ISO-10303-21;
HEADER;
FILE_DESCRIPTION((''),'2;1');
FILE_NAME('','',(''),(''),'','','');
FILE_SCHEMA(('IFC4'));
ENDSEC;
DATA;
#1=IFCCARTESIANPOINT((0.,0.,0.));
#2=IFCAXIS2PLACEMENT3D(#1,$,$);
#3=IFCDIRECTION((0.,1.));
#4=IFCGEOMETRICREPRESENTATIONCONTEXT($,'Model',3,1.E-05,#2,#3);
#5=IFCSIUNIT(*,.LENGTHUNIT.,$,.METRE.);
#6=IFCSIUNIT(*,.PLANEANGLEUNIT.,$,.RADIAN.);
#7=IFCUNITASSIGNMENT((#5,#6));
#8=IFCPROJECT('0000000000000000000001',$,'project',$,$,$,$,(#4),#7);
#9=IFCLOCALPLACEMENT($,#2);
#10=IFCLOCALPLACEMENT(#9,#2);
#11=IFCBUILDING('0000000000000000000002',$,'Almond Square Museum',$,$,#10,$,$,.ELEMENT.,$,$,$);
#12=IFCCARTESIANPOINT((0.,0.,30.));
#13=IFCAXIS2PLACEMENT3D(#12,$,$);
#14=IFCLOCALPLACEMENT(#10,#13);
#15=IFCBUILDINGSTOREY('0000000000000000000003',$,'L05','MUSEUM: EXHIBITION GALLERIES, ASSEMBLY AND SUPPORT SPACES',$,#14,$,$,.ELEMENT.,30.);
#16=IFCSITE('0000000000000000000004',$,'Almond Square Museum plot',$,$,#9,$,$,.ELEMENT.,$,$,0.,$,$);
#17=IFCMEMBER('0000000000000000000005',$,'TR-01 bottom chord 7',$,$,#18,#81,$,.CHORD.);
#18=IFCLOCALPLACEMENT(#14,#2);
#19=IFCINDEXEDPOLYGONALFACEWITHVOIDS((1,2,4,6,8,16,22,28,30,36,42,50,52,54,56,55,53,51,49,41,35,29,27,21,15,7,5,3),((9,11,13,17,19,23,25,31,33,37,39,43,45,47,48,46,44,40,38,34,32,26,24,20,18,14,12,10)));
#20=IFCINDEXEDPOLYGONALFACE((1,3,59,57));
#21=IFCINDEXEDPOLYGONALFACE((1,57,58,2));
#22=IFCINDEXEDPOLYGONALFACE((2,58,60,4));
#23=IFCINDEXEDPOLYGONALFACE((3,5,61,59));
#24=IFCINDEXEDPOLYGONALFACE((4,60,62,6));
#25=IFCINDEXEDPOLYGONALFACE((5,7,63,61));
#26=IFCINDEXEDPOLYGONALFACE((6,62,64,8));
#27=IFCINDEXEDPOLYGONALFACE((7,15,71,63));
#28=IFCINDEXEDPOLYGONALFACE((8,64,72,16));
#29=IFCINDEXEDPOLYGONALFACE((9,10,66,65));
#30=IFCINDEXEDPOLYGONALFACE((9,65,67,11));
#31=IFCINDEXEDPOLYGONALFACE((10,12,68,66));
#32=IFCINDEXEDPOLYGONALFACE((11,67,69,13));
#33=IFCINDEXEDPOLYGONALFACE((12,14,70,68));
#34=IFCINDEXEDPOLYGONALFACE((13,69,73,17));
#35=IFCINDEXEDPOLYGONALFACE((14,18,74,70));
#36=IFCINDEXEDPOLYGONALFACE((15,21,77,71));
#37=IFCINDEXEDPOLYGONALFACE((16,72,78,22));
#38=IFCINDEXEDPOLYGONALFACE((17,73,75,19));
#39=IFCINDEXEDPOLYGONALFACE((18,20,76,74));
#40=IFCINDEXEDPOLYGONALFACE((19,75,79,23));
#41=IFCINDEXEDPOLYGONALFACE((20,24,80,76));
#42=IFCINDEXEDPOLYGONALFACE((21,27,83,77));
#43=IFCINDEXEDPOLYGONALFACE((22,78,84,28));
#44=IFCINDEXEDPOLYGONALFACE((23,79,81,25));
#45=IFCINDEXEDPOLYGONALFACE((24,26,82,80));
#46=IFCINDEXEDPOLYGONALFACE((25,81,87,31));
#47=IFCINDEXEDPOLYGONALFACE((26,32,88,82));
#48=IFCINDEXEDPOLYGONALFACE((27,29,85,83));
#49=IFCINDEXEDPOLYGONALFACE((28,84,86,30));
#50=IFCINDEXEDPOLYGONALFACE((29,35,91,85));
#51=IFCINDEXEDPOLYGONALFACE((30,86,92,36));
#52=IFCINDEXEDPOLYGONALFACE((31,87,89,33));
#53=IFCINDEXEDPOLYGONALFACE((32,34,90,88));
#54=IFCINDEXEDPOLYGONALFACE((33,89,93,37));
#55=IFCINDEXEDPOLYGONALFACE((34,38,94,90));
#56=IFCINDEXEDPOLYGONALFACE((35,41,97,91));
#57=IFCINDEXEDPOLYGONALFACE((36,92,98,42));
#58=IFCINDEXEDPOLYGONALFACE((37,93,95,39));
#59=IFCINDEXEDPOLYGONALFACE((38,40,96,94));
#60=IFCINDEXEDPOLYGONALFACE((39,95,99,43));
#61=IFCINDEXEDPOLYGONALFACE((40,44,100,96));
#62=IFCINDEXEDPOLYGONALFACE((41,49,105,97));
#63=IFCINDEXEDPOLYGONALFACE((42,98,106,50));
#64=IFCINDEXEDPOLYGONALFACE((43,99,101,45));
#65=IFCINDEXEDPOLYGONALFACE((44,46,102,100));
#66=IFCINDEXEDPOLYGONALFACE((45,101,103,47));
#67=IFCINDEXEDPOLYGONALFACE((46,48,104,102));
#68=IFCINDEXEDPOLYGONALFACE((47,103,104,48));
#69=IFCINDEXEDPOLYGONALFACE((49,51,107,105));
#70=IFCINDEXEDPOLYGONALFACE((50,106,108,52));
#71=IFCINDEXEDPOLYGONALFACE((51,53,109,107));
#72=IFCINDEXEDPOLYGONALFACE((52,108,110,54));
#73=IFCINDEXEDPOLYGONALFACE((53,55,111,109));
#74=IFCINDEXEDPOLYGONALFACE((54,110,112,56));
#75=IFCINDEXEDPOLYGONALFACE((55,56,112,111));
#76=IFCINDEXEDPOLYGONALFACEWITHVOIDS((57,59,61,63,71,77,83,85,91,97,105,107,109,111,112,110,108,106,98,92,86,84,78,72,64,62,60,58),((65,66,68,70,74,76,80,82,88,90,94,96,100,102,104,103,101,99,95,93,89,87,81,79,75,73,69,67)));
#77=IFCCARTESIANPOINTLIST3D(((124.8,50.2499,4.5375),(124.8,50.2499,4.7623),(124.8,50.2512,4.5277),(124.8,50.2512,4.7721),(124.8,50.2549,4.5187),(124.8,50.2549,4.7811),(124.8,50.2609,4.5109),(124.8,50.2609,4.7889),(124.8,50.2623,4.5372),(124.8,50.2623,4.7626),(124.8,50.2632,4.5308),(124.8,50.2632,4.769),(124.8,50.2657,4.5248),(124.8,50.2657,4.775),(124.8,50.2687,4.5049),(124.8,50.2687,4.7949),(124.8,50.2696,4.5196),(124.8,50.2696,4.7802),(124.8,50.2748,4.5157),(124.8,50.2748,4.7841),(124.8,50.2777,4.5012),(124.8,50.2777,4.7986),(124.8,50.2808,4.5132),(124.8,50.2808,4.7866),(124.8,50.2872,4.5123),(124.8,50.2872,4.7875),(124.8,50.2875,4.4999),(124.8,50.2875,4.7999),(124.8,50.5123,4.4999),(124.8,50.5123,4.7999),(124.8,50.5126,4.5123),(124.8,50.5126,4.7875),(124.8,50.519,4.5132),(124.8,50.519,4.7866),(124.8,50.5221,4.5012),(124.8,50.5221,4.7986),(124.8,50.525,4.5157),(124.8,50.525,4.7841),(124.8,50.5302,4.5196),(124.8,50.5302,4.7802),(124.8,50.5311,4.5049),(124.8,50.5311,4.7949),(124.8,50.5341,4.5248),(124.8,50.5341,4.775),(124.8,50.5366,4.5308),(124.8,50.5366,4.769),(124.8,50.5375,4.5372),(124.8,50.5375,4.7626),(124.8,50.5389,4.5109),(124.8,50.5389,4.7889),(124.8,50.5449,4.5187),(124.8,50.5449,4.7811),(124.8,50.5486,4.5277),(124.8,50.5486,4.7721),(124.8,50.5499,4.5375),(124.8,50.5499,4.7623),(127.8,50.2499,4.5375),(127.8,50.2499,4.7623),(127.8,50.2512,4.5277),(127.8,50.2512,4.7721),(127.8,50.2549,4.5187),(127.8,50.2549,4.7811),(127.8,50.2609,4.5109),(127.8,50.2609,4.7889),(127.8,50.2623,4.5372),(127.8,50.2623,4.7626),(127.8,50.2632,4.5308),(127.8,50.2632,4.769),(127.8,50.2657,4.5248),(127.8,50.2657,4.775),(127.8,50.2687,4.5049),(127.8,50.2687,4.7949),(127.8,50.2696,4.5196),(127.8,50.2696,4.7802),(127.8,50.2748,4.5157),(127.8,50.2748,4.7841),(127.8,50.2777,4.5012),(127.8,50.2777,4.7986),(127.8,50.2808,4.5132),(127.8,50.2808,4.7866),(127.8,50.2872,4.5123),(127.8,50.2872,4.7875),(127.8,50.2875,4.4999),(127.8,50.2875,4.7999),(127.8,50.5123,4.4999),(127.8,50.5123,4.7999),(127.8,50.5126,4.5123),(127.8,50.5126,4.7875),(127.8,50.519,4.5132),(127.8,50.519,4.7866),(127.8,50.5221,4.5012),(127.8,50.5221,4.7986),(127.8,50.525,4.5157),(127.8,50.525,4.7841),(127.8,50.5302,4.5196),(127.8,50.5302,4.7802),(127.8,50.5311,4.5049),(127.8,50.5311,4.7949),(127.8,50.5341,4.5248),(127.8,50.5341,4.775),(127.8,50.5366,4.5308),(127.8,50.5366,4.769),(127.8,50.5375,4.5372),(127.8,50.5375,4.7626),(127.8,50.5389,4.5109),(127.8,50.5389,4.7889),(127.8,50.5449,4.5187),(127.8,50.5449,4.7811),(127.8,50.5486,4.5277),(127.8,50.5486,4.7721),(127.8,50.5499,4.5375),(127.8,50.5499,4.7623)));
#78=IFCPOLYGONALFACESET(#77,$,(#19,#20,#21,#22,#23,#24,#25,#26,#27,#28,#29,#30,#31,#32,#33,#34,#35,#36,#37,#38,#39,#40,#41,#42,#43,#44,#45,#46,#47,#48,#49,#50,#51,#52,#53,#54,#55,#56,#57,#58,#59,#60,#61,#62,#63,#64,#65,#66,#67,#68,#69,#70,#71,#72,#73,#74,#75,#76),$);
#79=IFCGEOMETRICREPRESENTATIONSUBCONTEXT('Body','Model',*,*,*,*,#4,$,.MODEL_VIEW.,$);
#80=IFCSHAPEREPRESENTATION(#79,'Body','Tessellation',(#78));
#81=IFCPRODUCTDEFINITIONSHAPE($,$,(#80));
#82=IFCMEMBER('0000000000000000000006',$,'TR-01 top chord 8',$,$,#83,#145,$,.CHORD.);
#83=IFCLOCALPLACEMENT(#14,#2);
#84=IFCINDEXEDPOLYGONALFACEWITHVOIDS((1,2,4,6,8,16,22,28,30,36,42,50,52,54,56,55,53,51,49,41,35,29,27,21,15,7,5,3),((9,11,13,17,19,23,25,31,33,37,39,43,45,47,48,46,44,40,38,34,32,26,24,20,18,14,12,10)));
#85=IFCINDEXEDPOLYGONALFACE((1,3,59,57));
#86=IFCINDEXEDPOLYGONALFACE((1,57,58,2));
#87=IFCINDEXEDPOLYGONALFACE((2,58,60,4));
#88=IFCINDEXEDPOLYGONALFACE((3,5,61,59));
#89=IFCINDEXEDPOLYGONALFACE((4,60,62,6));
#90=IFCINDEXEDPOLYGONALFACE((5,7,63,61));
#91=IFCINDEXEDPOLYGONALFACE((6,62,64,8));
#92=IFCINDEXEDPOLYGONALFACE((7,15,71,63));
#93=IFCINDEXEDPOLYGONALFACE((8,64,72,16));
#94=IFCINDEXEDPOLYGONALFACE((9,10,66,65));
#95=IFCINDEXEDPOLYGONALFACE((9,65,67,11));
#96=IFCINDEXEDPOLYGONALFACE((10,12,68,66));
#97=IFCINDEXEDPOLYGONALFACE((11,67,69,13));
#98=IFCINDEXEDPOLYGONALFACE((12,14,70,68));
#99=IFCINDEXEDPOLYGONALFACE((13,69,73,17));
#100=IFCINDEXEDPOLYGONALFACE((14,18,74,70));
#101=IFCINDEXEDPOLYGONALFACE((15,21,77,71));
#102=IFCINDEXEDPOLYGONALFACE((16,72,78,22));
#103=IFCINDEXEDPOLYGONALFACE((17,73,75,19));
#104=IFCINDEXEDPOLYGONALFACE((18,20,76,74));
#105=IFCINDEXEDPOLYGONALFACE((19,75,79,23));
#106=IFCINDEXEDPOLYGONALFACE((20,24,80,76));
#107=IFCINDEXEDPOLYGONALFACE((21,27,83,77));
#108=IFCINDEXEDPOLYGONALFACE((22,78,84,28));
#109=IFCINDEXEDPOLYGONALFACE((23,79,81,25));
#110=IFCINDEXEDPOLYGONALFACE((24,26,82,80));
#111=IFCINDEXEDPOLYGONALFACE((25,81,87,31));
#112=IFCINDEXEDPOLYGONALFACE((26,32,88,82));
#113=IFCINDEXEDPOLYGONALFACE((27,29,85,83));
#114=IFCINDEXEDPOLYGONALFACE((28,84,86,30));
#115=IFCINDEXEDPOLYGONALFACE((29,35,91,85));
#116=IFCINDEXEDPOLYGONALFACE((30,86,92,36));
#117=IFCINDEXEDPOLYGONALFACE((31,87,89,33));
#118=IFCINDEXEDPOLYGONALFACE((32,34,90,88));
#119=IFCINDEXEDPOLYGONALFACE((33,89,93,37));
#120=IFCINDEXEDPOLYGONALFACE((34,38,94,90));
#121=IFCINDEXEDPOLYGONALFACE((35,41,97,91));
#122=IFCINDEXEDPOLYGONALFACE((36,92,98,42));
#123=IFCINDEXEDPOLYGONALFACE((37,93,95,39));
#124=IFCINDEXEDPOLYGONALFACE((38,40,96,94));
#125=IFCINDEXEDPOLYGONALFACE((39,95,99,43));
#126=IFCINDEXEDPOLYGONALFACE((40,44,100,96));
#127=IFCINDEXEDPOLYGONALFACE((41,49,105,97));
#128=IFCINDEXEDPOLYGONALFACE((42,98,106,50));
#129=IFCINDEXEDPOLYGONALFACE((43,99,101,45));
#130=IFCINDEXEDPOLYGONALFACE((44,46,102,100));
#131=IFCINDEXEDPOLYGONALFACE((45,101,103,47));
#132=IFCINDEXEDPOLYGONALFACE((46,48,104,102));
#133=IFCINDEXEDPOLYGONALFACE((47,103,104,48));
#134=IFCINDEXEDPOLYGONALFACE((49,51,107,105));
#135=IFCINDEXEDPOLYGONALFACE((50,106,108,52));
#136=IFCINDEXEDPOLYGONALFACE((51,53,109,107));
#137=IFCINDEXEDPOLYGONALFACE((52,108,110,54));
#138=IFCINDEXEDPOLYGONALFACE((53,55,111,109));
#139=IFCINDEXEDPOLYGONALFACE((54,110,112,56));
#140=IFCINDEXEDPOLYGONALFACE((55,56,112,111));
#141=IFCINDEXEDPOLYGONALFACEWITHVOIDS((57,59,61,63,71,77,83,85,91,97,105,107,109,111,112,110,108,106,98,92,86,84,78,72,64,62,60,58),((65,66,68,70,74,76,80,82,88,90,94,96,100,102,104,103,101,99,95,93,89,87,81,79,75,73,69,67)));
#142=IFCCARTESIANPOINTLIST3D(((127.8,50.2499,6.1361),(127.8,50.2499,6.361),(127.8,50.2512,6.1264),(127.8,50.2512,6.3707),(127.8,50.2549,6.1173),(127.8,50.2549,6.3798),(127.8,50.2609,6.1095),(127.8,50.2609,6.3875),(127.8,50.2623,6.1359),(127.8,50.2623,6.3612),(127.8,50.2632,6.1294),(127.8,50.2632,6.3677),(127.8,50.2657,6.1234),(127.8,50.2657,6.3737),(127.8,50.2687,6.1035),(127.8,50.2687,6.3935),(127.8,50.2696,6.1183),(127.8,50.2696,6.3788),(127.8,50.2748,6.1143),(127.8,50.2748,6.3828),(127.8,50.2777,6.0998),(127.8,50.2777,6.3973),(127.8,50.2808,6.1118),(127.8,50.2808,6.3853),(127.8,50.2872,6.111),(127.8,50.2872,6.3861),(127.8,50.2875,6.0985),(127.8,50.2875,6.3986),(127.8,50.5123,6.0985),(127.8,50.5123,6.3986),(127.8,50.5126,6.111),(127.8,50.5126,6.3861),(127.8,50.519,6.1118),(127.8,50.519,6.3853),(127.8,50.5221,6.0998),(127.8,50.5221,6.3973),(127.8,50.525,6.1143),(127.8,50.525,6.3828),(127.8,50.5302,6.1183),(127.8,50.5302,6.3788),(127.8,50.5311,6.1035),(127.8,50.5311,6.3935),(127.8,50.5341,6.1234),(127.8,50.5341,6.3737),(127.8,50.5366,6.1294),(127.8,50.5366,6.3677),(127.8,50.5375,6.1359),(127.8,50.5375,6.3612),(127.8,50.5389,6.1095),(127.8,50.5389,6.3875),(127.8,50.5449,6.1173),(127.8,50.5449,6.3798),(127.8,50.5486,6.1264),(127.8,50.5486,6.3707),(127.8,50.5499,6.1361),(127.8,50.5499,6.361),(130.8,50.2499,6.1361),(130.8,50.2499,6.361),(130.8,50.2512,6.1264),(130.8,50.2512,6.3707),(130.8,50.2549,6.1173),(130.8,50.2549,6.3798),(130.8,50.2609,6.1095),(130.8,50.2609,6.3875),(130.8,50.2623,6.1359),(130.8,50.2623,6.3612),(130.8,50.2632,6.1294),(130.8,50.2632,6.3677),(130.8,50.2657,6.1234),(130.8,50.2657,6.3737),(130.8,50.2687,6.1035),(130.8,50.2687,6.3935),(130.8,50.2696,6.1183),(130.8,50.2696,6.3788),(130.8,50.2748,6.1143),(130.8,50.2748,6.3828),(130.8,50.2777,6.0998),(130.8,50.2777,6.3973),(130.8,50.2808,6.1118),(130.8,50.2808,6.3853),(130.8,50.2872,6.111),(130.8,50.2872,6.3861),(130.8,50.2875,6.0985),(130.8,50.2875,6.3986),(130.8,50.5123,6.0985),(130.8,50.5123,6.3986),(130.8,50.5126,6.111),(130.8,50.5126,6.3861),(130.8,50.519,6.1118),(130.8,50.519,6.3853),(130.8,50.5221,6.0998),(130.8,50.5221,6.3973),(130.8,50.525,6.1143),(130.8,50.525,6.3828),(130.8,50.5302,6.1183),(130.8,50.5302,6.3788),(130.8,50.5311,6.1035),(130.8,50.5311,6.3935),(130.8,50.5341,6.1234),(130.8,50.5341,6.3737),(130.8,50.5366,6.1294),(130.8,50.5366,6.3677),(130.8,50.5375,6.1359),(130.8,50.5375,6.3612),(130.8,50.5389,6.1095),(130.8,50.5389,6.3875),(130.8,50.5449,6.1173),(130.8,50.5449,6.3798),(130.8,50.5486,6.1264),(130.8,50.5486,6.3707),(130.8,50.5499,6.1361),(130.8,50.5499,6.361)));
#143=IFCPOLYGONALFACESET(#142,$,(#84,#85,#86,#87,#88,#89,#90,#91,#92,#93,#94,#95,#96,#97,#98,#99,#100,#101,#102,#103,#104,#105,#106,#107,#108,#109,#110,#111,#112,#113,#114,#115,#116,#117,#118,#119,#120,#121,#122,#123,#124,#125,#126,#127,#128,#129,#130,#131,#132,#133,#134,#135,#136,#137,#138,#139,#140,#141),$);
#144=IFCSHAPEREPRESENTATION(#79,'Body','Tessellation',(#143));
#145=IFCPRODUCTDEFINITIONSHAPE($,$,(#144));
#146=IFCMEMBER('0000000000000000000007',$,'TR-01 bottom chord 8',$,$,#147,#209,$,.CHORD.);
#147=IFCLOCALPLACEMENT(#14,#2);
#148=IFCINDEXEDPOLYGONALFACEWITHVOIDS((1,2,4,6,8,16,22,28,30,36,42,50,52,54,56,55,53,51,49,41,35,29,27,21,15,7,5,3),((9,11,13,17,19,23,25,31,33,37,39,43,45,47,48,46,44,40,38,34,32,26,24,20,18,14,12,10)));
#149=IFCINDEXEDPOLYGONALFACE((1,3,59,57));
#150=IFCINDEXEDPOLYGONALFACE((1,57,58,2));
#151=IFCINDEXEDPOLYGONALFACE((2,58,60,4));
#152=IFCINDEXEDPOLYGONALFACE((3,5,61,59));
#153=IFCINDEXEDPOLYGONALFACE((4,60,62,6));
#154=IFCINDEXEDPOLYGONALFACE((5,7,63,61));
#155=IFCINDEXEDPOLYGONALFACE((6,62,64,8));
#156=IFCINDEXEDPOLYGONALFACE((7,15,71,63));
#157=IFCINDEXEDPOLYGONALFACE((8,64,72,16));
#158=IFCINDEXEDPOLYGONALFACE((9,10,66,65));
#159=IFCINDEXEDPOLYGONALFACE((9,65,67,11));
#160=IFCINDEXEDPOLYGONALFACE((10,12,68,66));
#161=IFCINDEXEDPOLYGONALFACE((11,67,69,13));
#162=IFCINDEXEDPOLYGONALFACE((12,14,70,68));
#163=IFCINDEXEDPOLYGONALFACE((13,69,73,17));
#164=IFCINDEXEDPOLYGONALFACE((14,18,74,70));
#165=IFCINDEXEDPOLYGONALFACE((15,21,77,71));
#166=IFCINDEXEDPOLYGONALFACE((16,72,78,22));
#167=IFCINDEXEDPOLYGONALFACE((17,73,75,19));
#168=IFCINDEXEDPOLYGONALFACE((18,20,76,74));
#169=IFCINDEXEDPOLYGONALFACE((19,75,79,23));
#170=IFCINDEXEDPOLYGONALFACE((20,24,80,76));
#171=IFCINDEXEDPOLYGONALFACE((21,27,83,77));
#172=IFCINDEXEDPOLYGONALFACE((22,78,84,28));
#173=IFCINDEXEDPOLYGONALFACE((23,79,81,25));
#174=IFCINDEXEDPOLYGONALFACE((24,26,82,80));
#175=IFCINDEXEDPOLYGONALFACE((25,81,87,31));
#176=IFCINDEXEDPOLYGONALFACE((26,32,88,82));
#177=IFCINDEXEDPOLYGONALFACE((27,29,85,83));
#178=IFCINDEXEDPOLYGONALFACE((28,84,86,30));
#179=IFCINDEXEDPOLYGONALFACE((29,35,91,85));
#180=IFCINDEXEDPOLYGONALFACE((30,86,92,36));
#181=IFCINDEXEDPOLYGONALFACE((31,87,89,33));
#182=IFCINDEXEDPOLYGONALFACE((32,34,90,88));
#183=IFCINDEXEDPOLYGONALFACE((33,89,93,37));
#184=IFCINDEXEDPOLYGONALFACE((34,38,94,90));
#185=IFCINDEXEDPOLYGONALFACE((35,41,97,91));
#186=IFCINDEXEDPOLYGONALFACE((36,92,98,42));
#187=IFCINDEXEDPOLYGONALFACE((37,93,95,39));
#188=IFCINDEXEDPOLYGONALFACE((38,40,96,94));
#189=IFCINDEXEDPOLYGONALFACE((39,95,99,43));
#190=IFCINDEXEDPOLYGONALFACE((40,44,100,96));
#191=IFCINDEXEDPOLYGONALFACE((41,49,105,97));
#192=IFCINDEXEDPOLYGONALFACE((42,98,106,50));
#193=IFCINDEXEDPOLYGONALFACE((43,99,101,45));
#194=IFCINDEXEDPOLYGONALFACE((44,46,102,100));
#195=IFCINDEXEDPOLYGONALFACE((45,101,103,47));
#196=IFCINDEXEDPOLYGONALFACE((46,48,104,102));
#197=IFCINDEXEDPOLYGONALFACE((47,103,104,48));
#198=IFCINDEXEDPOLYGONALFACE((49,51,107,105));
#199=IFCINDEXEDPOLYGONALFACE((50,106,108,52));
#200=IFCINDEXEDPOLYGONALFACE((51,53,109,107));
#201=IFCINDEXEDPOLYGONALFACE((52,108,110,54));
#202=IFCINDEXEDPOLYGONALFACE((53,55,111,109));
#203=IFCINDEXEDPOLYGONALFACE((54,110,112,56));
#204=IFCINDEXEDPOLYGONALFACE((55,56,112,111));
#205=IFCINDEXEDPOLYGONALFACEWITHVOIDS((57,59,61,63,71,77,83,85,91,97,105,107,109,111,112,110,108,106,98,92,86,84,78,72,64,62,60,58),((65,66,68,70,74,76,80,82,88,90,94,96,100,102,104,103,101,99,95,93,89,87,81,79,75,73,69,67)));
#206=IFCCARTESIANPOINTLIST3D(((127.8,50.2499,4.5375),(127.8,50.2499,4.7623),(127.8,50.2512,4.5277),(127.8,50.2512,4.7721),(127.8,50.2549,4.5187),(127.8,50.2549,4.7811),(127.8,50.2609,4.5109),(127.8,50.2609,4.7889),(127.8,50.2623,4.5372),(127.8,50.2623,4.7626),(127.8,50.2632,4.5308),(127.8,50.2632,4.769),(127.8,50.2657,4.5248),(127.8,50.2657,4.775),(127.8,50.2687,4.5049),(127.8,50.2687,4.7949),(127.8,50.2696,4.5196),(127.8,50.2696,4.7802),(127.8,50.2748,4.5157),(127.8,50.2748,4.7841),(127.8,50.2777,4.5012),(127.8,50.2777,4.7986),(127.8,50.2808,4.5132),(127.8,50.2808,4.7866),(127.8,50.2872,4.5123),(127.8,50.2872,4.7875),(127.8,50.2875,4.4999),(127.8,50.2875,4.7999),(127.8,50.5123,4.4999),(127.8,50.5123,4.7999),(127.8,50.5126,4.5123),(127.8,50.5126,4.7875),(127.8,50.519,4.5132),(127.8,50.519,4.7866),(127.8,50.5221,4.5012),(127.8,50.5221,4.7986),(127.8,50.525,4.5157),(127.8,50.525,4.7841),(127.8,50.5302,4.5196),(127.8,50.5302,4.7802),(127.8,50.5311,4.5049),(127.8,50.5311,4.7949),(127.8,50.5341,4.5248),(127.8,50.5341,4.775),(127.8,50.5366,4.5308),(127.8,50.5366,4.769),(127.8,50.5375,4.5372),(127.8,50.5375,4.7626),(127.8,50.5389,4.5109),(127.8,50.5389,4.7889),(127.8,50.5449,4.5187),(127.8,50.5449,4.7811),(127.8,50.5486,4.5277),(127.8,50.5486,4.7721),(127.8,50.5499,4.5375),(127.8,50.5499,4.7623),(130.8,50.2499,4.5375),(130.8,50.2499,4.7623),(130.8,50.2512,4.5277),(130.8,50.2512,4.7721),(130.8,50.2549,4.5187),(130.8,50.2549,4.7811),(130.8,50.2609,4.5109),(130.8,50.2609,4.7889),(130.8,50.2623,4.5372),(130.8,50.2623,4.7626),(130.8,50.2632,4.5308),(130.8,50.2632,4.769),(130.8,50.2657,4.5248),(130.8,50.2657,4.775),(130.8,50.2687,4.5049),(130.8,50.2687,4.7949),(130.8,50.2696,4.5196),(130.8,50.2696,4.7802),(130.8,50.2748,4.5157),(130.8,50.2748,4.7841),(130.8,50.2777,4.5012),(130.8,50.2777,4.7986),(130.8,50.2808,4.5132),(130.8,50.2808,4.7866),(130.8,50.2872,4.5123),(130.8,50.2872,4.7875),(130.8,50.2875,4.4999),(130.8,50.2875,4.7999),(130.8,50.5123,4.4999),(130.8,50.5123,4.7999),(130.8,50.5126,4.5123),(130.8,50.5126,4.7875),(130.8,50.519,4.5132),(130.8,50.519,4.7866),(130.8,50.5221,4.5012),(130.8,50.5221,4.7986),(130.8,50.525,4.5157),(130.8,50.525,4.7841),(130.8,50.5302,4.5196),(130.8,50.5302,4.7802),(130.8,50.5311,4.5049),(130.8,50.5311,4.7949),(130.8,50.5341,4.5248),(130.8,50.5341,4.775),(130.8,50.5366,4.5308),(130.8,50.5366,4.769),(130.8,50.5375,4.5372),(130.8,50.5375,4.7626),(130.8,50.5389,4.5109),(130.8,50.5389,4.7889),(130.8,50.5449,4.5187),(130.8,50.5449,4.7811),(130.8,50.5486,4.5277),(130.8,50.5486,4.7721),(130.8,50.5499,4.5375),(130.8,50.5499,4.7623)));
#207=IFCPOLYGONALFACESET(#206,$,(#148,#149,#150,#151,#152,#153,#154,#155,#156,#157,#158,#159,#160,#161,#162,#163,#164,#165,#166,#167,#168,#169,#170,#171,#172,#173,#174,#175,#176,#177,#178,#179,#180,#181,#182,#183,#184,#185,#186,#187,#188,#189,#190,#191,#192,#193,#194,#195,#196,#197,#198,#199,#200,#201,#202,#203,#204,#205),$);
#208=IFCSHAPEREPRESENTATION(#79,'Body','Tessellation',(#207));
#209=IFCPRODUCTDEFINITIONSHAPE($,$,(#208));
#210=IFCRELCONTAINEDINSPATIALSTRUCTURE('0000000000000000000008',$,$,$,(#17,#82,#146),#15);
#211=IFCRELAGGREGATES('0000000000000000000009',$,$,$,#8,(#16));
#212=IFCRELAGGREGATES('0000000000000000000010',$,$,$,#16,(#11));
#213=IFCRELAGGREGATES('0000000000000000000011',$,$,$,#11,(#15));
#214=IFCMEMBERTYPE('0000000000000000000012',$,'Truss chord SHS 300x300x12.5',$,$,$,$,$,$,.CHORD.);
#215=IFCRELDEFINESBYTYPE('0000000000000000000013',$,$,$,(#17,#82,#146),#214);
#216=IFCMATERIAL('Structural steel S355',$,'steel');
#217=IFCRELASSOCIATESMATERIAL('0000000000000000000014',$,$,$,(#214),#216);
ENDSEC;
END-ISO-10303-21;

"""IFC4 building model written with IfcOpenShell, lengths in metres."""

from ifc_helpers import new_model, si_unit, direction, frame, origin, origin_2d, place, context, subcontext, project, spatial, hollow_rectangle, extrude, material, material_profile, profile_set, type_object, element, save


model = new_model("IFC4")

# Units and contexts
model_context = context("Model", 3, precision=1e-05, world=origin(), true_north=direction((0.0, 1.0)))
body_context = subcontext(model_context, "Body", "Model", "MODEL_VIEW")
ifc_project = project(units=[si_unit("LENGTHUNIT", "METRE"), si_unit("PLANEANGLEUNIT", "RADIAN")], contexts=[model_context])

# Site, building, storey
site_placement = place(None, origin())
site = spatial("IfcSite", under=ifc_project, at=site_placement, Name="Almond Square Museum plot", CompositionType="ELEMENT", RefElevation=0.0)
building_placement = place(site_placement, origin())
building = spatial("IfcBuilding", under=site, at=building_placement, Name="Almond Square Museum", CompositionType="ELEMENT")
storey_placement = place(building_placement, frame((0.0, 0.0, 30.0)))
storey = spatial("IfcBuildingStorey", under=building, at=storey_placement, Name="L05", Description="MUSEUM: EXHIBITION GALLERIES, ASSEMBLY AND SUPPORT SPACES", CompositionType="ELEMENT", Elevation=30.0)

# Members
ifc_material_1 = material(Name="Structural steel S355", Category="steel")
ifc_material_profile_1 = material_profile(ifc_material_1, hollow_rectangle(XDim=0.3, YDim=0.3, WallThickness=0.0125, InnerFilletRadius=0.0249, OuterFilletRadius=0.0376, at=origin_2d()))
ifc_profile_set_1 = profile_set([ifc_material_profile_1], Name="Structural steel S355")
member_type_1 = type_object("IfcMemberType", Name="Truss chord SHS 300x300x12.5", PredefinedType="CHORD", material=ifc_profile_set_1)
for number, where, z_axis, x_axis, name in (
    (1, (124.8, 50.3999, 4.6499), (1.0, 0.0, 0.0), (0.0, 1.0, 0.0), "TR-01 bottom chord 7"),
    (2, (127.8, 50.3999, 6.2485), (1.0, 0.0, 0.0), (0.0, 1.0, 0.0), "TR-01 top chord 8"),
    (3, (127.8, 50.3999, 4.6499), (1.0, 0.0, 0.0), (0.0, 1.0, 0.0), "TR-01 bottom chord 8"),
):
    element("IfcMember", number, at=place(storey_placement, frame(where, z_axis=z_axis, x_axis=x_axis)), inside=storey, type_object=member_type_1, Name=name, PredefinedType="CHORD", context=body_context, shape_type="SweptSolid", body=[
        extrude(hollow_rectangle(XDim=0.3, YDim=0.3, WallThickness=0.0125, InnerFilletRadius=0.0249, OuterFilletRadius=0.0376, at=origin_2d()), origin(), (0.0, 0.0, 1.0), 3.0),
    ])

save(model, "model.ifc")
